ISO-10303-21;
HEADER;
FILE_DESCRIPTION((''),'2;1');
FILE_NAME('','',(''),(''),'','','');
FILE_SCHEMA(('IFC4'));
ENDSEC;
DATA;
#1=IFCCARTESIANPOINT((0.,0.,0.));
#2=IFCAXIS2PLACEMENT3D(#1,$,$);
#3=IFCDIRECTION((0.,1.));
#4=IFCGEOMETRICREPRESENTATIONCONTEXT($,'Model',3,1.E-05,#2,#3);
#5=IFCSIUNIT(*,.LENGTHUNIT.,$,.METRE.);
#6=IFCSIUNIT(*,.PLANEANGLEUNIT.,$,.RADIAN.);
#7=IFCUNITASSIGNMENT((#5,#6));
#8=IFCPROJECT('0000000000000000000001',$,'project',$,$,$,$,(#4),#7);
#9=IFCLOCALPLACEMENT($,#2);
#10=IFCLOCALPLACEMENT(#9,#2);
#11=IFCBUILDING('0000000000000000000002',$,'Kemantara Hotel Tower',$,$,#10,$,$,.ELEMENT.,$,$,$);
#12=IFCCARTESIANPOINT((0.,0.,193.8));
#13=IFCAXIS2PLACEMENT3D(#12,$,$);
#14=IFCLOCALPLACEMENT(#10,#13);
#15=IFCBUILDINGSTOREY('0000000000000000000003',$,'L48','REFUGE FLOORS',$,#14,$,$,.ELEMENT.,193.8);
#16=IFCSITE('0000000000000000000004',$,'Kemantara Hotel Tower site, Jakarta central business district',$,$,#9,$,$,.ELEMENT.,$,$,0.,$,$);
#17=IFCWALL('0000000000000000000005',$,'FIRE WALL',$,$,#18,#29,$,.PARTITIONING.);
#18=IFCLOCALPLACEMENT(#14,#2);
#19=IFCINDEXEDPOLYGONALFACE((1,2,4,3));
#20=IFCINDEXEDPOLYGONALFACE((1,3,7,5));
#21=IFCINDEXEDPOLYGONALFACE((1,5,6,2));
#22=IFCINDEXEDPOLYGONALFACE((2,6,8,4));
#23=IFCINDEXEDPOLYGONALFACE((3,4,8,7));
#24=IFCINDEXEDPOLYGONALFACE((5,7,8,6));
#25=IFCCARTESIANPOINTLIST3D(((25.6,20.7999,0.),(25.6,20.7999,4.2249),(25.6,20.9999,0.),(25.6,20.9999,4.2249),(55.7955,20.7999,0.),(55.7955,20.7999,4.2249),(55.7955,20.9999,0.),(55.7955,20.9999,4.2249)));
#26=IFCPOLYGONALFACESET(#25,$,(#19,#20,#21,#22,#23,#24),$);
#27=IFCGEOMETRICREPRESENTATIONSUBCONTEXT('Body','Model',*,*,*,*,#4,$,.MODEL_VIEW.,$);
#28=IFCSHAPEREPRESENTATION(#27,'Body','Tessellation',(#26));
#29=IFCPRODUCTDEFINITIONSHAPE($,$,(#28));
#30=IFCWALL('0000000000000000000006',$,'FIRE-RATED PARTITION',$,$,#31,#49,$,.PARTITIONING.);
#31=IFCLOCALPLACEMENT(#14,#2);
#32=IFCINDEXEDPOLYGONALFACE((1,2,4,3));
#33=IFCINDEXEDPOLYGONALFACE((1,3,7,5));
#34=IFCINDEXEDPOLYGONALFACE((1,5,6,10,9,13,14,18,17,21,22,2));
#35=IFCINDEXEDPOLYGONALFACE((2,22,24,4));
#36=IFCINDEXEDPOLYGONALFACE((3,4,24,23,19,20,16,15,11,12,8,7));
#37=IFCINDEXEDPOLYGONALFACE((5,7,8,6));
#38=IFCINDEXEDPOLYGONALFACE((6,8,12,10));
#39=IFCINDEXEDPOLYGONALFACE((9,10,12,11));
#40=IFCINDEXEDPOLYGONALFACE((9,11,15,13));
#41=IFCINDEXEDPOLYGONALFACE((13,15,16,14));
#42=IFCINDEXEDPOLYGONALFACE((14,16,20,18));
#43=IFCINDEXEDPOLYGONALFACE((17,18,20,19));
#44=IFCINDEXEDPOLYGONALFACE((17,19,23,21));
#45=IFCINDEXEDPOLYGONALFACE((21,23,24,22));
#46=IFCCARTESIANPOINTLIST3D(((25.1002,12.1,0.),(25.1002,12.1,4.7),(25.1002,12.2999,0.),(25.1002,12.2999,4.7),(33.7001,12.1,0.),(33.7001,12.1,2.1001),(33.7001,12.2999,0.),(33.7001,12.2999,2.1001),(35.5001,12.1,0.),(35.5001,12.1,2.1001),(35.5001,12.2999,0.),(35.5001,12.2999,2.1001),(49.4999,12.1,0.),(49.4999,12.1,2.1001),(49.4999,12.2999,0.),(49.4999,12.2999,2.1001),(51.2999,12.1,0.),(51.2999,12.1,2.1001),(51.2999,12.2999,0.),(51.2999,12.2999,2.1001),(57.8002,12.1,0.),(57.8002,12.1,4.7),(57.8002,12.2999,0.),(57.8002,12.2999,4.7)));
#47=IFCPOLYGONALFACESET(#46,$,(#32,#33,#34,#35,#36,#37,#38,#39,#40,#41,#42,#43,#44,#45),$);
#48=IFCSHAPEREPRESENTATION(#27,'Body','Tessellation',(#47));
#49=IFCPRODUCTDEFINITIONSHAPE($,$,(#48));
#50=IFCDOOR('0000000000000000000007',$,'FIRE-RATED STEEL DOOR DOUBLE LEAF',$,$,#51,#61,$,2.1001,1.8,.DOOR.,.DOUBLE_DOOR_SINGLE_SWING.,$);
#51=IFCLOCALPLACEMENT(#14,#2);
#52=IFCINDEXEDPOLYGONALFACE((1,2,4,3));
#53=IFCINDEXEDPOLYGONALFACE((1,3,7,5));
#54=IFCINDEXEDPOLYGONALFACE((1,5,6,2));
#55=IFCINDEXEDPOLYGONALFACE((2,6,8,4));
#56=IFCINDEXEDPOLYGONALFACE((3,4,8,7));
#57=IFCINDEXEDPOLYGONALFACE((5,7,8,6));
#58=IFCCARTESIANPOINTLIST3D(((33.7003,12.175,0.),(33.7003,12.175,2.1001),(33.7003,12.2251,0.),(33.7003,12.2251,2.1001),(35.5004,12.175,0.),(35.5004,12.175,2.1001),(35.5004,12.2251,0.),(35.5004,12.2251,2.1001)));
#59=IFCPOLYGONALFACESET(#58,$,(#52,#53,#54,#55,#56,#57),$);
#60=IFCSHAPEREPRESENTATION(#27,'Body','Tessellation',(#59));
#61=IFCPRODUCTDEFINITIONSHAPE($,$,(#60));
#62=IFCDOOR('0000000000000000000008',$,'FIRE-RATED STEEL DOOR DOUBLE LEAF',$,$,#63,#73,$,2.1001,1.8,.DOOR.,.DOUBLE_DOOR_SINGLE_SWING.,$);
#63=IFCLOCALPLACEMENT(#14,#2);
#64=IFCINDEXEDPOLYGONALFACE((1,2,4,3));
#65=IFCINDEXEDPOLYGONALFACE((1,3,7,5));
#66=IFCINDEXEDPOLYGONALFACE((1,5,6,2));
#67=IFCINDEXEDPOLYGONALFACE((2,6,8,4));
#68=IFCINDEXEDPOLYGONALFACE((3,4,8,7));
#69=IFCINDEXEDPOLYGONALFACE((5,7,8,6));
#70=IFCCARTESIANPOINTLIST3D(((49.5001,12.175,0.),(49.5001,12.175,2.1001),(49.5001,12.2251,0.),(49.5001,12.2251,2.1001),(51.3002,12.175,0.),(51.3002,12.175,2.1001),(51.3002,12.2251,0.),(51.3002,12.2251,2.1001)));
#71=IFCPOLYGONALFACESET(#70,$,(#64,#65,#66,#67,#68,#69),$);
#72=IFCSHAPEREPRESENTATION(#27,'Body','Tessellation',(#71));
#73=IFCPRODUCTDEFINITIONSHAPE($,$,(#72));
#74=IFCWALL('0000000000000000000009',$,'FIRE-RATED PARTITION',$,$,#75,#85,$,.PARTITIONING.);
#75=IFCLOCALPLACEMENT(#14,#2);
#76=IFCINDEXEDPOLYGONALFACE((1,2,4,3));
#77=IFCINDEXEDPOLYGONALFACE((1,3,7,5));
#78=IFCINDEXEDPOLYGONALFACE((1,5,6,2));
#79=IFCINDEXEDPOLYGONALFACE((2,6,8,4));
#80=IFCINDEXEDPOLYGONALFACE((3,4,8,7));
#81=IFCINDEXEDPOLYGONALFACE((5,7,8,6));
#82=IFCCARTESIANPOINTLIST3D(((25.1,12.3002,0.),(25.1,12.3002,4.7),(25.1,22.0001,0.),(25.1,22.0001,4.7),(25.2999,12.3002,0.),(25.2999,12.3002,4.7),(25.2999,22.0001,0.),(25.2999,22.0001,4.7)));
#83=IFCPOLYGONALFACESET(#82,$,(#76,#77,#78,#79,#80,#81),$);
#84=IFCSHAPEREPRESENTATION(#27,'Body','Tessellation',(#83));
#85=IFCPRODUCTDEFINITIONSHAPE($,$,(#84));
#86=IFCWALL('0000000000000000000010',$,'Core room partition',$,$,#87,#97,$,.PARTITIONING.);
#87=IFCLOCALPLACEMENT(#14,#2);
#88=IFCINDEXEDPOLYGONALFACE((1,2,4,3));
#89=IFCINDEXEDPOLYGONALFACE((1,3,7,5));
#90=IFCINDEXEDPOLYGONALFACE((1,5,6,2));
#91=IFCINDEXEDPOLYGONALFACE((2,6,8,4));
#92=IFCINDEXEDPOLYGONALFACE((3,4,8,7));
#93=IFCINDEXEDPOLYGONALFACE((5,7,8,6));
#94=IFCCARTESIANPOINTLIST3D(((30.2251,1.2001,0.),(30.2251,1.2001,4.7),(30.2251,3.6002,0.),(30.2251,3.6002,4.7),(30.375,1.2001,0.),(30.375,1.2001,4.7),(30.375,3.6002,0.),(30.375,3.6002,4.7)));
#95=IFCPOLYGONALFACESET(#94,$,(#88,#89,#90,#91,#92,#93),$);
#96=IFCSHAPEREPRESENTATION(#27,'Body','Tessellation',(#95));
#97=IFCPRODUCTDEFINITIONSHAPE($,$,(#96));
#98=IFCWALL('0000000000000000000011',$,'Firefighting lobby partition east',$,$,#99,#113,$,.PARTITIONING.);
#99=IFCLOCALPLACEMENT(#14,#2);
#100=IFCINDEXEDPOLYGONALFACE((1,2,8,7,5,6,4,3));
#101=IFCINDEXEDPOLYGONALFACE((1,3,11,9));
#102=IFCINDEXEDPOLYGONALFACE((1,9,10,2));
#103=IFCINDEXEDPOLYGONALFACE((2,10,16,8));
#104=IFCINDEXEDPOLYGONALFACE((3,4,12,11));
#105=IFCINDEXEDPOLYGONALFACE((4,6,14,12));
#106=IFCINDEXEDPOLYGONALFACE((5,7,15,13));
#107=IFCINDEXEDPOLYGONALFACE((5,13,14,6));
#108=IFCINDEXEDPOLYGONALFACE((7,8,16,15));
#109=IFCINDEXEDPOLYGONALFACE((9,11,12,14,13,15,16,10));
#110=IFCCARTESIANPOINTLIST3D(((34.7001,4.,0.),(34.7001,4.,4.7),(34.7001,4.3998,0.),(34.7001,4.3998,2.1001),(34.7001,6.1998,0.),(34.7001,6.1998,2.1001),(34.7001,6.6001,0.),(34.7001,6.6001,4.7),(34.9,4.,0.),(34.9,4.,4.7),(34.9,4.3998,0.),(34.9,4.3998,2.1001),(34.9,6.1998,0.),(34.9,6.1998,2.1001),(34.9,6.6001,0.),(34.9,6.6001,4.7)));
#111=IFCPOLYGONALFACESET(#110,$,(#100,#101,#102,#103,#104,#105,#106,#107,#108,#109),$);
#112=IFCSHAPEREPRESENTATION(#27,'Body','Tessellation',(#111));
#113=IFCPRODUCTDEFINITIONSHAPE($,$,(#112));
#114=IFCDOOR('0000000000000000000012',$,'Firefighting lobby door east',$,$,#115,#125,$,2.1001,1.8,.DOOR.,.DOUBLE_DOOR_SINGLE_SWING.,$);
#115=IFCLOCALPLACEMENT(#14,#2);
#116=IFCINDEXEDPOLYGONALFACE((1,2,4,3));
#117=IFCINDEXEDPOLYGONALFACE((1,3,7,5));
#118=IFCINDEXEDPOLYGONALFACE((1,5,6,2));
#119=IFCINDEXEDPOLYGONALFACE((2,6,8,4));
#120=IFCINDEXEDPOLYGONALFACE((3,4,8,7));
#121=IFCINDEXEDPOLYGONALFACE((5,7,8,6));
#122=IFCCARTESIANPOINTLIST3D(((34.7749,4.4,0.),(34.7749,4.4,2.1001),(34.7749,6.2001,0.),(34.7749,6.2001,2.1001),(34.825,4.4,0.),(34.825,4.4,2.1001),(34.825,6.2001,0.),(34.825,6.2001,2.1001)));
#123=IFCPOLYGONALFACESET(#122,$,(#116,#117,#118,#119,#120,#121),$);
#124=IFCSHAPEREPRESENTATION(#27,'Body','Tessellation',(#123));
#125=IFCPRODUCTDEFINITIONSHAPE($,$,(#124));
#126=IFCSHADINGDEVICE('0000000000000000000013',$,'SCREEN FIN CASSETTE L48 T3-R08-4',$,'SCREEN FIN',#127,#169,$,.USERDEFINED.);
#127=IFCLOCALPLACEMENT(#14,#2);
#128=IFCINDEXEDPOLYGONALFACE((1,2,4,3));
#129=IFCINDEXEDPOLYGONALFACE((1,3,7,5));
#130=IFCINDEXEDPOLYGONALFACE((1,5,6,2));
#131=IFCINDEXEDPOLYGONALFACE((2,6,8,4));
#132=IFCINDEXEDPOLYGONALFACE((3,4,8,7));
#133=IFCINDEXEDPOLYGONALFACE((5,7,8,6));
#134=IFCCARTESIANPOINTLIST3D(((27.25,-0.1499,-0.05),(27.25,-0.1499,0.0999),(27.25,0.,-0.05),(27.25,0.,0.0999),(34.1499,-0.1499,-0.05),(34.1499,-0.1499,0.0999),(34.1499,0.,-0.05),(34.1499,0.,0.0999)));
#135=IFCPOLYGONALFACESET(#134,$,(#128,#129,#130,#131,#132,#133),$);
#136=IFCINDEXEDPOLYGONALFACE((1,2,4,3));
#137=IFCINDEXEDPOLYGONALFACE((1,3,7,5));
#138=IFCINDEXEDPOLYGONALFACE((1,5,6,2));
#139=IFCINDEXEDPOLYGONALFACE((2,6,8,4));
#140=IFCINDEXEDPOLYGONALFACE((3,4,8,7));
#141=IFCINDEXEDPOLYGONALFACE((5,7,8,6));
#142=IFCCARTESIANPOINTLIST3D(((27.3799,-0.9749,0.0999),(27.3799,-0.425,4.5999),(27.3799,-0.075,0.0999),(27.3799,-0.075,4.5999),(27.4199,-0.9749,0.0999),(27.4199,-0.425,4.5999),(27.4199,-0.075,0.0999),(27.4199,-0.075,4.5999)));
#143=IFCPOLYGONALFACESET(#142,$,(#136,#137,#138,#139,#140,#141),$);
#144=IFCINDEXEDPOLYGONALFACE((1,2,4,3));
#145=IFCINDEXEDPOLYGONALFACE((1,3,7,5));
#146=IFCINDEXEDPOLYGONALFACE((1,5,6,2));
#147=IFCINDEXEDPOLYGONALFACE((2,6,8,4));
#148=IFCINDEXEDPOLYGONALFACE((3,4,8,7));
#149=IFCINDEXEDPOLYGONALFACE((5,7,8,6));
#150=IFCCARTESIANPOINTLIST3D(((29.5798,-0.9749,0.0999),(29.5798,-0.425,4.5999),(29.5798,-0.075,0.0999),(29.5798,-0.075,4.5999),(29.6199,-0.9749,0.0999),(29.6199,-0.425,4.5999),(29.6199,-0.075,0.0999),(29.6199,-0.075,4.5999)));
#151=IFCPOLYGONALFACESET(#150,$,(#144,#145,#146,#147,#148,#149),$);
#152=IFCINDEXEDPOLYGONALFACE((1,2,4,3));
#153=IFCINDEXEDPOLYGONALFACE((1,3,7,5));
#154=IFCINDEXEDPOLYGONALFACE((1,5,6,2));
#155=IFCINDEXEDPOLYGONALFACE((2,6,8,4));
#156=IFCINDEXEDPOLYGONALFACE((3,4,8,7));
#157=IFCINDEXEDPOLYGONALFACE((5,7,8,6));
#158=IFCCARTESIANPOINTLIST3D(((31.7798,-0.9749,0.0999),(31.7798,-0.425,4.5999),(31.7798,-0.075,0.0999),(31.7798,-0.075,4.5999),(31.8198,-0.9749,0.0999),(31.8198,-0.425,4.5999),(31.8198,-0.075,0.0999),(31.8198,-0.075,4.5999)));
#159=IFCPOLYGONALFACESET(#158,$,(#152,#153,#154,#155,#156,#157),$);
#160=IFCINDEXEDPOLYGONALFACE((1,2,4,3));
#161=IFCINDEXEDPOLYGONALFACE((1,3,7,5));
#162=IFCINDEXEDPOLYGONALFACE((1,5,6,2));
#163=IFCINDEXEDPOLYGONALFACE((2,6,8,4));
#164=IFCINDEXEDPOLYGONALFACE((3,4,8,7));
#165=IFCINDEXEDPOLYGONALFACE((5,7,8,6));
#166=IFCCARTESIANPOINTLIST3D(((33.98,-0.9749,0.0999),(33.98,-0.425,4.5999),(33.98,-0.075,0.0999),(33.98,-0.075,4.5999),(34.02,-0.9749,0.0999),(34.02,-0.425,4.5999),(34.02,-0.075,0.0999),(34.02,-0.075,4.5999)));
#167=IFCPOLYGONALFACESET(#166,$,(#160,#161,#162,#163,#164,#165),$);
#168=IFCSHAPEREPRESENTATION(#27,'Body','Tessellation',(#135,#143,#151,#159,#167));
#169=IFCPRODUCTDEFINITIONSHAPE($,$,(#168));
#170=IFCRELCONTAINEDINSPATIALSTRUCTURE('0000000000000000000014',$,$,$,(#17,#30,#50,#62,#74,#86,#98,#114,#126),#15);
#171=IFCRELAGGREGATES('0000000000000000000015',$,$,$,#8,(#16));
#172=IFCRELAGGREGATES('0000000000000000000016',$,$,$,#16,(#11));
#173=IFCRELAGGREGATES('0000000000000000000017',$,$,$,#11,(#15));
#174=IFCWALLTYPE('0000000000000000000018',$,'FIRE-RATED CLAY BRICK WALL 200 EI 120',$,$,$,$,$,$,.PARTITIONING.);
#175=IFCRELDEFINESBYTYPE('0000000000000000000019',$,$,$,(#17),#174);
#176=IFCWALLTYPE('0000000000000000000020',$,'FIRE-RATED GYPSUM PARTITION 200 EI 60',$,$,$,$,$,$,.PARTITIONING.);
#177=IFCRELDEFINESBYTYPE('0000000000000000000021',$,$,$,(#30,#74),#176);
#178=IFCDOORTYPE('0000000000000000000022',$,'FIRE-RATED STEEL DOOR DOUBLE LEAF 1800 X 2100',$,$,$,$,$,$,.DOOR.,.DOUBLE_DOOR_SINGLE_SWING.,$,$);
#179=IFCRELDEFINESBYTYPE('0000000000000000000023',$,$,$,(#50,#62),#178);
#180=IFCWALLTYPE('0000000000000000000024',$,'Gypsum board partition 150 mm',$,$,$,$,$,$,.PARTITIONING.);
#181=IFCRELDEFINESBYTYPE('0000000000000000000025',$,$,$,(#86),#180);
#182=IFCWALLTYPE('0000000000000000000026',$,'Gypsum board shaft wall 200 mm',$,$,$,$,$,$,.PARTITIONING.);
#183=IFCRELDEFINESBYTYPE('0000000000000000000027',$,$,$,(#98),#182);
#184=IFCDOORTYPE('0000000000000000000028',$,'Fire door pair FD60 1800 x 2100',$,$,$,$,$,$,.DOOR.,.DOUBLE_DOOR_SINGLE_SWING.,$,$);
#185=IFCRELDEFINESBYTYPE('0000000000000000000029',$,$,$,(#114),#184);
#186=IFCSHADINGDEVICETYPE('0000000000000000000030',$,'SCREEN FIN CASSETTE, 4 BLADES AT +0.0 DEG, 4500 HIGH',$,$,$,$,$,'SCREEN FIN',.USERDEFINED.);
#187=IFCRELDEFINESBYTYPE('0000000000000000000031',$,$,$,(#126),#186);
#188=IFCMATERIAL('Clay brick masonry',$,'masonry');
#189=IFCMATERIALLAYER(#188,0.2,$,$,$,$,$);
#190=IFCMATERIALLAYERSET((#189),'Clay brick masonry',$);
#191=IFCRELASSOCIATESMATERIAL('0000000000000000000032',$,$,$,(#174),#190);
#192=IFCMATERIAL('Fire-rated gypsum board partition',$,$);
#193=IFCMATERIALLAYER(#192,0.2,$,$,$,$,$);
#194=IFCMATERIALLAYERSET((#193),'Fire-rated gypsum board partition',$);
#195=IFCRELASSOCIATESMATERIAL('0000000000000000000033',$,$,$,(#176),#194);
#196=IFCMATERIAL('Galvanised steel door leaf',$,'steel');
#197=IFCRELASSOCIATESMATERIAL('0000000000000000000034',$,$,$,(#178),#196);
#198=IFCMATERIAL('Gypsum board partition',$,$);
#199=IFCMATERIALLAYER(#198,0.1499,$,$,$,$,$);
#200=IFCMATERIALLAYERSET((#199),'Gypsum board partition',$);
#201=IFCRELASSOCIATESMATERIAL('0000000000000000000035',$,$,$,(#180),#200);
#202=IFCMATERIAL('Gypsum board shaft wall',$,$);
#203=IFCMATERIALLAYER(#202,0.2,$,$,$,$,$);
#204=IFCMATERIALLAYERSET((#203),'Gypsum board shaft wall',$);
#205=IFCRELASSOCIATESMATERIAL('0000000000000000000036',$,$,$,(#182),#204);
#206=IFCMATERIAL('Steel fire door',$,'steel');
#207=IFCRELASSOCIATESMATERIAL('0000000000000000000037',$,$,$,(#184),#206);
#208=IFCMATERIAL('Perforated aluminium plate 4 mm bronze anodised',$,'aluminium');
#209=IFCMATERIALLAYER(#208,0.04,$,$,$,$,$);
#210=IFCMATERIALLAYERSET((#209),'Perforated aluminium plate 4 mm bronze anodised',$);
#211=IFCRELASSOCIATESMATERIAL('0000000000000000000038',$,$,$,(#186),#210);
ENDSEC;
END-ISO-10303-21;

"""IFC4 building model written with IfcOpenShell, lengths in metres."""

from ifc_helpers import new_model, si_unit, direction, frame, frame_2d, origin, origin_2d, place, context, subcontext, project, spatial, polyline, rectangle, outline, extrude, source, transform, mapped, material, layer, layer_set, type_object, element, fill, save


model = new_model("IFC4")

# Units and contexts
model_context = context("Model", 3, precision=1e-05, world=origin(), true_north=direction((0.0, 1.0)))
body_context = subcontext(model_context, "Body", "Model", "MODEL_VIEW")
ifc_project = project(units=[si_unit("LENGTHUNIT", "METRE"), si_unit("PLANEANGLEUNIT", "RADIAN")], contexts=[model_context])

# Site, building, storey
site_placement = place(None, origin())
site = spatial("IfcSite", under=ifc_project, at=site_placement, Name="Kemantara Hotel Tower site, Jakarta central business district", CompositionType="ELEMENT", RefElevation=0.0)
building_placement = place(site_placement, origin())
building = spatial("IfcBuilding", under=site, at=building_placement, Name="Kemantara Hotel Tower", CompositionType="ELEMENT")
storey_placement = place(building_placement, frame((0.0, 0.0, 193.8)))
storey = spatial("IfcBuildingStorey", under=building, at=storey_placement, Name="L48", Description="REFUGE FLOORS", CompositionType="ELEMENT", Elevation=193.8)

# Shared definitions
ifc_material_1 = material(Name="Steel fire door", Category="steel")

# Wall
ifc_material_2 = material(Name="Clay brick masonry", Category="masonry")
ifc_layer_1 = layer(ifc_material_2, 0.2)
ifc_layer_set_1 = layer_set([ifc_layer_1], Name="Clay brick masonry")
wall_type_1 = type_object("IfcWallType", Name="FIRE-RATED CLAY BRICK WALL 200 EI 120", PredefinedType="PARTITIONING", material=ifc_layer_set_1)
wall_1_placement = place(storey_placement, frame((25.6001, 20.8999, 0.0), z_axis=(0.0, 0.0, 1.0), x_axis=(1.0, 0.0, 0.0)))
element("IfcWall", 1, at=wall_1_placement, inside=storey, type_object=wall_type_1, Name="FIRE WALL", PredefinedType="PARTITIONING", context=body_context, shape_type="SweptSolid", body=[
    extrude(rectangle(XDim=30.1956, YDim=0.2, at=frame_2d((15.0977, 0.0))), origin(), (0.0, 0.0, 1.0), 4.2249),
])

# Wall, openings, doors
ifc_material_3 = material(Name="Fire-rated gypsum board partition")
ifc_layer_2 = layer(ifc_material_3, 0.2)
ifc_layer_set_2 = layer_set([ifc_layer_2], Name="Fire-rated gypsum board partition")
wall_type_2 = type_object("IfcWallType", Name="FIRE-RATED GYPSUM PARTITION 200 EI 60", PredefinedType="PARTITIONING", material=ifc_layer_set_2)
wall_2_placement = place(storey_placement, frame((25.1001, 12.2, 0.0), z_axis=(0.0, 0.0, 1.0), x_axis=(1.0, 0.0, 0.0)))
wall_2 = element("IfcWall", 2, at=wall_2_placement, inside=storey, type_object=wall_type_2, Name="FIRE-RATED PARTITION", PredefinedType="PARTITIONING", context=body_context, shape_type="SweptSolid", body=[
    extrude(rectangle(XDim=32.7, YDim=0.2, at=frame_2d((16.3501, 0.0))), origin(), (0.0, 0.0, 1.0), 4.7),
])
opening_1_placement = place(wall_2_placement, frame((8.6001, 0.0, 0.0)))
opening_1 = element("IfcOpeningElement", 3, at=opening_1_placement, cuts=wall_2, PredefinedType="OPENING", context=body_context, shape_type="SweptSolid", body=[
    extrude(rectangle(XDim=1.8, YDim=2.1001, at=frame_2d((0.8999, 1.05))), frame((0.0, 0.1099, 0.0), z_axis=(0.0, -1.0, 0.0), x_axis=(1.0, 0.0, 0.0)), (0.0, 0.0, 1.0), 0.22),
])
opening_2_placement = place(wall_2_placement, frame((24.3999, 0.0, 0.0)))
opening_2 = element("IfcOpeningElement", 4, at=opening_2_placement, cuts=wall_2, PredefinedType="OPENING", context=body_context, shape_type="SweptSolid", body=[
    extrude(rectangle(XDim=1.8, YDim=2.1001, at=frame_2d((0.8999, 1.05))), frame((0.0, 0.1099, 0.0), z_axis=(0.0, -1.0, 0.0), x_axis=(1.0, 0.0, 0.0)), (0.0, 0.0, 1.0), 0.22),
])
ifc_material_4 = material(Name="Galvanised steel door leaf", Category="steel")
door_type_1 = type_object("IfcDoorType", Name="FIRE-RATED STEEL DOOR DOUBLE LEAF 1800 X 2100", OperationType="DOUBLE_DOOR_SINGLE_SWING", PredefinedType="DOOR", material=ifc_material_4)
door_1_placement = place(opening_1_placement, frame((1.8, 0.0, 0.0), z_axis=(0.0, 0.0, 1.0), x_axis=(-1.0, 0.0, 0.0)))
door_1 = element("IfcDoor", 5, at=door_1_placement, inside=storey, type_object=door_type_1, Name="FIRE-RATED STEEL DOOR DOUBLE LEAF", OperationType="DOUBLE_DOOR_SINGLE_SWING", OverallHeight=2.1001, OverallWidth=1.8, PredefinedType="DOOR", context=body_context, shape_type="SweptSolid", body=[
    extrude(rectangle(XDim=1.8, YDim=2.1001, at=frame_2d((0.8999, 1.05))), frame((0.0, 0.0249, 0.0), z_axis=(0.0, -1.0, 0.0), x_axis=(1.0, 0.0, 0.0)), (0.0, 0.0, 1.0), 0.05),
])
fill(opening_1, door_1)
door_2_placement = place(opening_2_placement, frame((1.8, 0.0, 0.0), z_axis=(0.0, 0.0, 1.0), x_axis=(-1.0, 0.0, 0.0)))
door_2 = element("IfcDoor", 6, at=door_2_placement, inside=storey, type_object=door_type_1, Name="FIRE-RATED STEEL DOOR DOUBLE LEAF", OperationType="DOUBLE_DOOR_SINGLE_SWING", OverallHeight=2.1001, OverallWidth=1.8, PredefinedType="DOOR", context=body_context, shape_type="SweptSolid", body=[
    extrude(rectangle(XDim=1.8, YDim=2.1001, at=frame_2d((0.8999, 1.05))), frame((0.0, 0.0249, 0.0), z_axis=(0.0, -1.0, 0.0), x_axis=(1.0, 0.0, 0.0)), (0.0, 0.0, 1.0), 0.05),
])
fill(opening_2, door_2)

# Walls
wall_3_placement = place(storey_placement, frame((25.2, 12.3, 0.0), z_axis=(0.0, 0.0, 1.0), x_axis=(0.0, 1.0, 0.0)))
element("IfcWall", 7, at=wall_3_placement, inside=storey, type_object=wall_type_2, Name="FIRE-RATED PARTITION", PredefinedType="PARTITIONING", context=body_context, shape_type="SweptSolid", body=[
    extrude(rectangle(XDim=9.7, YDim=0.2, at=frame_2d((4.8501, 0.0))), origin(), (0.0, 0.0, 1.0), 4.7),
])
ifc_material_5 = material(Name="Gypsum board partition")
ifc_layer_3 = layer(ifc_material_5, 0.1499)
ifc_layer_set_3 = layer_set([ifc_layer_3], Name="Gypsum board partition")
wall_type_3 = type_object("IfcWallType", Name="Gypsum board partition 150 mm", PredefinedType="PARTITIONING", material=ifc_layer_set_3)
wall_4_placement = place(storey_placement, frame((30.3, 1.2, 0.0), z_axis=(0.0, 0.0, 1.0), x_axis=(0.0, 1.0, 0.0)))
element("IfcWall", 8, at=wall_4_placement, inside=storey, type_object=wall_type_3, Name="Core room partition", PredefinedType="PARTITIONING", context=body_context, shape_type="SweptSolid", body=[
    extrude(rectangle(XDim=2.4001, YDim=0.1499, at=frame_2d((1.2002, 0.0))), origin(), (0.0, 0.0, 1.0), 4.7),
])

# Wall, opening, door
ifc_material_6 = material(Name="Gypsum board shaft wall")
ifc_layer_4 = layer(ifc_material_6, 0.2)
ifc_layer_set_4 = layer_set([ifc_layer_4], Name="Gypsum board shaft wall")
wall_type_4 = type_object("IfcWallType", Name="Gypsum board shaft wall 200 mm", PredefinedType="PARTITIONING", material=ifc_layer_set_4)
wall_5_placement = place(storey_placement, frame((34.8, 4.0, 0.0), z_axis=(0.0, 0.0, 1.0), x_axis=(0.0, 1.0, 0.0)))
wall_5 = element("IfcWall", 9, at=wall_5_placement, inside=storey, type_object=wall_type_4, Name="Firefighting lobby partition east", PredefinedType="PARTITIONING", context=body_context, shape_type="SweptSolid", body=[
    extrude(rectangle(XDim=2.6001, YDim=0.2, at=frame_2d((1.3, 0.0))), origin(), (0.0, 0.0, 1.0), 4.7),
])
opening_3_placement = place(wall_5_placement, frame((0.3999, 0.0, 0.0)))
opening_3 = element("IfcOpeningElement", 10, at=opening_3_placement, cuts=wall_5, PredefinedType="OPENING", context=body_context, shape_type="SweptSolid", body=[
    extrude(rectangle(XDim=1.8, YDim=2.1001, at=frame_2d((0.8999, 1.05))), frame((0.0, 0.1099, 0.0), z_axis=(0.0, -1.0, 0.0), x_axis=(1.0, 0.0, 0.0)), (0.0, 0.0, 1.0), 0.22),
])
door_type_2 = type_object("IfcDoorType", Name="Fire door pair FD60 1800 x 2100", OperationType="DOUBLE_DOOR_SINGLE_SWING", PredefinedType="DOOR", material=ifc_material_1)
door_3_placement = place(opening_3_placement, frame((1.8, 0.0, 0.0), z_axis=(0.0, 0.0, 1.0), x_axis=(-1.0, 0.0, 0.0)))
door_3 = element("IfcDoor", 11, at=door_3_placement, inside=storey, type_object=door_type_2, Name="Firefighting lobby door east", OperationType="DOUBLE_DOOR_SINGLE_SWING", OverallHeight=2.1001, OverallWidth=1.8, PredefinedType="DOOR", context=body_context, shape_type="SweptSolid", body=[
    extrude(rectangle(XDim=1.8, YDim=2.1001, at=frame_2d((0.8999, 1.05))), frame((0.0, 0.0249, 0.0), z_axis=(0.0, -1.0, 0.0), x_axis=(1.0, 0.0, 0.0)), (0.0, 0.0, 1.0), 0.05),
])
fill(opening_3, door_3)

# Shading device
ifc_material_7 = material(Name="Perforated aluminium plate 4 mm bronze anodised", Category="aluminium")
ifc_layer_5 = layer(ifc_material_7, 0.04)
ifc_layer_set_5 = layer_set([ifc_layer_5], Name="Perforated aluminium plate 4 mm bronze anodised")
shading_device_type_1 = type_object("IfcShadingDeviceType", Name="SCREEN FIN CASSETTE, 4 BLADES AT +0.0 DEG, 4500 HIGH", ElementType="SCREEN FIN", PredefinedType="USERDEFINED", material=ifc_layer_set_5)
shared_shape_1 = source(origin(), body_context, "Body", "SweptSolid", [
    extrude(rectangle(XDim=6.8999, YDim=0.1499, at=origin_2d()), frame((3.3, -0.075, -0.1499), z_axis=(0.0, 0.0, 1.0), x_axis=(1.0, 0.0, 0.0)), (0.0, 0.0, 1.0), 0.1499),
    extrude(outline(polyline([(0.0, 0.0), (0.8999, 0.0), (0.3501, 4.5), (0.0, 4.5), (0.0, 0.0)])), frame((0.02, -0.075, 0.0), z_axis=(-1.0, 0.0, 0.0), x_axis=(0.0, -1.0, 0.0)), (0.0, 0.0, 1.0), 0.04),
    extrude(outline(polyline([(0.0, 0.0), (0.8999, 0.0), (0.3501, 4.5), (0.0, 4.5), (0.0, 0.0)])), frame((2.22, -0.075, 0.0), z_axis=(-1.0, 0.0, 0.0), x_axis=(0.0, -1.0, 0.0)), (0.0, 0.0, 1.0), 0.04),
    extrude(outline(polyline([(0.0, 0.0), (0.8999, 0.0), (0.3501, 4.5), (0.0, 4.5), (0.0, 0.0)])), frame((4.4199, -0.075, 0.0), z_axis=(-1.0, 0.0, 0.0), x_axis=(0.0, -1.0, 0.0)), (0.0, 0.0, 1.0), 0.04),
    extrude(outline(polyline([(0.0, 0.0), (0.8999, 0.0), (0.3501, 4.5), (0.0, 4.5), (0.0, 0.0)])), frame((6.6201, -0.075, 0.0), z_axis=(-1.0, 0.0, 0.0), x_axis=(0.0, -1.0, 0.0)), (0.0, 0.0, 1.0), 0.04),
])
shading_device_1_placement = place(storey_placement, frame((27.3999, 0.0, 0.0999), z_axis=(0.0, 0.0, 1.0), x_axis=(1.0, 0.0, 0.0)))
element("IfcShadingDevice", 12, at=shading_device_1_placement, inside=storey, type_object=shading_device_type_1, Name="SCREEN FIN CASSETTE L48 T3-R08-4", ObjectType="SCREEN FIN", PredefinedType="USERDEFINED", context=body_context, shape_type="MappedRepresentation", body=[
    mapped(shared_shape_1, transform((0.0, 0.0, 0.0))),
])

save(model, "model.ifc")
